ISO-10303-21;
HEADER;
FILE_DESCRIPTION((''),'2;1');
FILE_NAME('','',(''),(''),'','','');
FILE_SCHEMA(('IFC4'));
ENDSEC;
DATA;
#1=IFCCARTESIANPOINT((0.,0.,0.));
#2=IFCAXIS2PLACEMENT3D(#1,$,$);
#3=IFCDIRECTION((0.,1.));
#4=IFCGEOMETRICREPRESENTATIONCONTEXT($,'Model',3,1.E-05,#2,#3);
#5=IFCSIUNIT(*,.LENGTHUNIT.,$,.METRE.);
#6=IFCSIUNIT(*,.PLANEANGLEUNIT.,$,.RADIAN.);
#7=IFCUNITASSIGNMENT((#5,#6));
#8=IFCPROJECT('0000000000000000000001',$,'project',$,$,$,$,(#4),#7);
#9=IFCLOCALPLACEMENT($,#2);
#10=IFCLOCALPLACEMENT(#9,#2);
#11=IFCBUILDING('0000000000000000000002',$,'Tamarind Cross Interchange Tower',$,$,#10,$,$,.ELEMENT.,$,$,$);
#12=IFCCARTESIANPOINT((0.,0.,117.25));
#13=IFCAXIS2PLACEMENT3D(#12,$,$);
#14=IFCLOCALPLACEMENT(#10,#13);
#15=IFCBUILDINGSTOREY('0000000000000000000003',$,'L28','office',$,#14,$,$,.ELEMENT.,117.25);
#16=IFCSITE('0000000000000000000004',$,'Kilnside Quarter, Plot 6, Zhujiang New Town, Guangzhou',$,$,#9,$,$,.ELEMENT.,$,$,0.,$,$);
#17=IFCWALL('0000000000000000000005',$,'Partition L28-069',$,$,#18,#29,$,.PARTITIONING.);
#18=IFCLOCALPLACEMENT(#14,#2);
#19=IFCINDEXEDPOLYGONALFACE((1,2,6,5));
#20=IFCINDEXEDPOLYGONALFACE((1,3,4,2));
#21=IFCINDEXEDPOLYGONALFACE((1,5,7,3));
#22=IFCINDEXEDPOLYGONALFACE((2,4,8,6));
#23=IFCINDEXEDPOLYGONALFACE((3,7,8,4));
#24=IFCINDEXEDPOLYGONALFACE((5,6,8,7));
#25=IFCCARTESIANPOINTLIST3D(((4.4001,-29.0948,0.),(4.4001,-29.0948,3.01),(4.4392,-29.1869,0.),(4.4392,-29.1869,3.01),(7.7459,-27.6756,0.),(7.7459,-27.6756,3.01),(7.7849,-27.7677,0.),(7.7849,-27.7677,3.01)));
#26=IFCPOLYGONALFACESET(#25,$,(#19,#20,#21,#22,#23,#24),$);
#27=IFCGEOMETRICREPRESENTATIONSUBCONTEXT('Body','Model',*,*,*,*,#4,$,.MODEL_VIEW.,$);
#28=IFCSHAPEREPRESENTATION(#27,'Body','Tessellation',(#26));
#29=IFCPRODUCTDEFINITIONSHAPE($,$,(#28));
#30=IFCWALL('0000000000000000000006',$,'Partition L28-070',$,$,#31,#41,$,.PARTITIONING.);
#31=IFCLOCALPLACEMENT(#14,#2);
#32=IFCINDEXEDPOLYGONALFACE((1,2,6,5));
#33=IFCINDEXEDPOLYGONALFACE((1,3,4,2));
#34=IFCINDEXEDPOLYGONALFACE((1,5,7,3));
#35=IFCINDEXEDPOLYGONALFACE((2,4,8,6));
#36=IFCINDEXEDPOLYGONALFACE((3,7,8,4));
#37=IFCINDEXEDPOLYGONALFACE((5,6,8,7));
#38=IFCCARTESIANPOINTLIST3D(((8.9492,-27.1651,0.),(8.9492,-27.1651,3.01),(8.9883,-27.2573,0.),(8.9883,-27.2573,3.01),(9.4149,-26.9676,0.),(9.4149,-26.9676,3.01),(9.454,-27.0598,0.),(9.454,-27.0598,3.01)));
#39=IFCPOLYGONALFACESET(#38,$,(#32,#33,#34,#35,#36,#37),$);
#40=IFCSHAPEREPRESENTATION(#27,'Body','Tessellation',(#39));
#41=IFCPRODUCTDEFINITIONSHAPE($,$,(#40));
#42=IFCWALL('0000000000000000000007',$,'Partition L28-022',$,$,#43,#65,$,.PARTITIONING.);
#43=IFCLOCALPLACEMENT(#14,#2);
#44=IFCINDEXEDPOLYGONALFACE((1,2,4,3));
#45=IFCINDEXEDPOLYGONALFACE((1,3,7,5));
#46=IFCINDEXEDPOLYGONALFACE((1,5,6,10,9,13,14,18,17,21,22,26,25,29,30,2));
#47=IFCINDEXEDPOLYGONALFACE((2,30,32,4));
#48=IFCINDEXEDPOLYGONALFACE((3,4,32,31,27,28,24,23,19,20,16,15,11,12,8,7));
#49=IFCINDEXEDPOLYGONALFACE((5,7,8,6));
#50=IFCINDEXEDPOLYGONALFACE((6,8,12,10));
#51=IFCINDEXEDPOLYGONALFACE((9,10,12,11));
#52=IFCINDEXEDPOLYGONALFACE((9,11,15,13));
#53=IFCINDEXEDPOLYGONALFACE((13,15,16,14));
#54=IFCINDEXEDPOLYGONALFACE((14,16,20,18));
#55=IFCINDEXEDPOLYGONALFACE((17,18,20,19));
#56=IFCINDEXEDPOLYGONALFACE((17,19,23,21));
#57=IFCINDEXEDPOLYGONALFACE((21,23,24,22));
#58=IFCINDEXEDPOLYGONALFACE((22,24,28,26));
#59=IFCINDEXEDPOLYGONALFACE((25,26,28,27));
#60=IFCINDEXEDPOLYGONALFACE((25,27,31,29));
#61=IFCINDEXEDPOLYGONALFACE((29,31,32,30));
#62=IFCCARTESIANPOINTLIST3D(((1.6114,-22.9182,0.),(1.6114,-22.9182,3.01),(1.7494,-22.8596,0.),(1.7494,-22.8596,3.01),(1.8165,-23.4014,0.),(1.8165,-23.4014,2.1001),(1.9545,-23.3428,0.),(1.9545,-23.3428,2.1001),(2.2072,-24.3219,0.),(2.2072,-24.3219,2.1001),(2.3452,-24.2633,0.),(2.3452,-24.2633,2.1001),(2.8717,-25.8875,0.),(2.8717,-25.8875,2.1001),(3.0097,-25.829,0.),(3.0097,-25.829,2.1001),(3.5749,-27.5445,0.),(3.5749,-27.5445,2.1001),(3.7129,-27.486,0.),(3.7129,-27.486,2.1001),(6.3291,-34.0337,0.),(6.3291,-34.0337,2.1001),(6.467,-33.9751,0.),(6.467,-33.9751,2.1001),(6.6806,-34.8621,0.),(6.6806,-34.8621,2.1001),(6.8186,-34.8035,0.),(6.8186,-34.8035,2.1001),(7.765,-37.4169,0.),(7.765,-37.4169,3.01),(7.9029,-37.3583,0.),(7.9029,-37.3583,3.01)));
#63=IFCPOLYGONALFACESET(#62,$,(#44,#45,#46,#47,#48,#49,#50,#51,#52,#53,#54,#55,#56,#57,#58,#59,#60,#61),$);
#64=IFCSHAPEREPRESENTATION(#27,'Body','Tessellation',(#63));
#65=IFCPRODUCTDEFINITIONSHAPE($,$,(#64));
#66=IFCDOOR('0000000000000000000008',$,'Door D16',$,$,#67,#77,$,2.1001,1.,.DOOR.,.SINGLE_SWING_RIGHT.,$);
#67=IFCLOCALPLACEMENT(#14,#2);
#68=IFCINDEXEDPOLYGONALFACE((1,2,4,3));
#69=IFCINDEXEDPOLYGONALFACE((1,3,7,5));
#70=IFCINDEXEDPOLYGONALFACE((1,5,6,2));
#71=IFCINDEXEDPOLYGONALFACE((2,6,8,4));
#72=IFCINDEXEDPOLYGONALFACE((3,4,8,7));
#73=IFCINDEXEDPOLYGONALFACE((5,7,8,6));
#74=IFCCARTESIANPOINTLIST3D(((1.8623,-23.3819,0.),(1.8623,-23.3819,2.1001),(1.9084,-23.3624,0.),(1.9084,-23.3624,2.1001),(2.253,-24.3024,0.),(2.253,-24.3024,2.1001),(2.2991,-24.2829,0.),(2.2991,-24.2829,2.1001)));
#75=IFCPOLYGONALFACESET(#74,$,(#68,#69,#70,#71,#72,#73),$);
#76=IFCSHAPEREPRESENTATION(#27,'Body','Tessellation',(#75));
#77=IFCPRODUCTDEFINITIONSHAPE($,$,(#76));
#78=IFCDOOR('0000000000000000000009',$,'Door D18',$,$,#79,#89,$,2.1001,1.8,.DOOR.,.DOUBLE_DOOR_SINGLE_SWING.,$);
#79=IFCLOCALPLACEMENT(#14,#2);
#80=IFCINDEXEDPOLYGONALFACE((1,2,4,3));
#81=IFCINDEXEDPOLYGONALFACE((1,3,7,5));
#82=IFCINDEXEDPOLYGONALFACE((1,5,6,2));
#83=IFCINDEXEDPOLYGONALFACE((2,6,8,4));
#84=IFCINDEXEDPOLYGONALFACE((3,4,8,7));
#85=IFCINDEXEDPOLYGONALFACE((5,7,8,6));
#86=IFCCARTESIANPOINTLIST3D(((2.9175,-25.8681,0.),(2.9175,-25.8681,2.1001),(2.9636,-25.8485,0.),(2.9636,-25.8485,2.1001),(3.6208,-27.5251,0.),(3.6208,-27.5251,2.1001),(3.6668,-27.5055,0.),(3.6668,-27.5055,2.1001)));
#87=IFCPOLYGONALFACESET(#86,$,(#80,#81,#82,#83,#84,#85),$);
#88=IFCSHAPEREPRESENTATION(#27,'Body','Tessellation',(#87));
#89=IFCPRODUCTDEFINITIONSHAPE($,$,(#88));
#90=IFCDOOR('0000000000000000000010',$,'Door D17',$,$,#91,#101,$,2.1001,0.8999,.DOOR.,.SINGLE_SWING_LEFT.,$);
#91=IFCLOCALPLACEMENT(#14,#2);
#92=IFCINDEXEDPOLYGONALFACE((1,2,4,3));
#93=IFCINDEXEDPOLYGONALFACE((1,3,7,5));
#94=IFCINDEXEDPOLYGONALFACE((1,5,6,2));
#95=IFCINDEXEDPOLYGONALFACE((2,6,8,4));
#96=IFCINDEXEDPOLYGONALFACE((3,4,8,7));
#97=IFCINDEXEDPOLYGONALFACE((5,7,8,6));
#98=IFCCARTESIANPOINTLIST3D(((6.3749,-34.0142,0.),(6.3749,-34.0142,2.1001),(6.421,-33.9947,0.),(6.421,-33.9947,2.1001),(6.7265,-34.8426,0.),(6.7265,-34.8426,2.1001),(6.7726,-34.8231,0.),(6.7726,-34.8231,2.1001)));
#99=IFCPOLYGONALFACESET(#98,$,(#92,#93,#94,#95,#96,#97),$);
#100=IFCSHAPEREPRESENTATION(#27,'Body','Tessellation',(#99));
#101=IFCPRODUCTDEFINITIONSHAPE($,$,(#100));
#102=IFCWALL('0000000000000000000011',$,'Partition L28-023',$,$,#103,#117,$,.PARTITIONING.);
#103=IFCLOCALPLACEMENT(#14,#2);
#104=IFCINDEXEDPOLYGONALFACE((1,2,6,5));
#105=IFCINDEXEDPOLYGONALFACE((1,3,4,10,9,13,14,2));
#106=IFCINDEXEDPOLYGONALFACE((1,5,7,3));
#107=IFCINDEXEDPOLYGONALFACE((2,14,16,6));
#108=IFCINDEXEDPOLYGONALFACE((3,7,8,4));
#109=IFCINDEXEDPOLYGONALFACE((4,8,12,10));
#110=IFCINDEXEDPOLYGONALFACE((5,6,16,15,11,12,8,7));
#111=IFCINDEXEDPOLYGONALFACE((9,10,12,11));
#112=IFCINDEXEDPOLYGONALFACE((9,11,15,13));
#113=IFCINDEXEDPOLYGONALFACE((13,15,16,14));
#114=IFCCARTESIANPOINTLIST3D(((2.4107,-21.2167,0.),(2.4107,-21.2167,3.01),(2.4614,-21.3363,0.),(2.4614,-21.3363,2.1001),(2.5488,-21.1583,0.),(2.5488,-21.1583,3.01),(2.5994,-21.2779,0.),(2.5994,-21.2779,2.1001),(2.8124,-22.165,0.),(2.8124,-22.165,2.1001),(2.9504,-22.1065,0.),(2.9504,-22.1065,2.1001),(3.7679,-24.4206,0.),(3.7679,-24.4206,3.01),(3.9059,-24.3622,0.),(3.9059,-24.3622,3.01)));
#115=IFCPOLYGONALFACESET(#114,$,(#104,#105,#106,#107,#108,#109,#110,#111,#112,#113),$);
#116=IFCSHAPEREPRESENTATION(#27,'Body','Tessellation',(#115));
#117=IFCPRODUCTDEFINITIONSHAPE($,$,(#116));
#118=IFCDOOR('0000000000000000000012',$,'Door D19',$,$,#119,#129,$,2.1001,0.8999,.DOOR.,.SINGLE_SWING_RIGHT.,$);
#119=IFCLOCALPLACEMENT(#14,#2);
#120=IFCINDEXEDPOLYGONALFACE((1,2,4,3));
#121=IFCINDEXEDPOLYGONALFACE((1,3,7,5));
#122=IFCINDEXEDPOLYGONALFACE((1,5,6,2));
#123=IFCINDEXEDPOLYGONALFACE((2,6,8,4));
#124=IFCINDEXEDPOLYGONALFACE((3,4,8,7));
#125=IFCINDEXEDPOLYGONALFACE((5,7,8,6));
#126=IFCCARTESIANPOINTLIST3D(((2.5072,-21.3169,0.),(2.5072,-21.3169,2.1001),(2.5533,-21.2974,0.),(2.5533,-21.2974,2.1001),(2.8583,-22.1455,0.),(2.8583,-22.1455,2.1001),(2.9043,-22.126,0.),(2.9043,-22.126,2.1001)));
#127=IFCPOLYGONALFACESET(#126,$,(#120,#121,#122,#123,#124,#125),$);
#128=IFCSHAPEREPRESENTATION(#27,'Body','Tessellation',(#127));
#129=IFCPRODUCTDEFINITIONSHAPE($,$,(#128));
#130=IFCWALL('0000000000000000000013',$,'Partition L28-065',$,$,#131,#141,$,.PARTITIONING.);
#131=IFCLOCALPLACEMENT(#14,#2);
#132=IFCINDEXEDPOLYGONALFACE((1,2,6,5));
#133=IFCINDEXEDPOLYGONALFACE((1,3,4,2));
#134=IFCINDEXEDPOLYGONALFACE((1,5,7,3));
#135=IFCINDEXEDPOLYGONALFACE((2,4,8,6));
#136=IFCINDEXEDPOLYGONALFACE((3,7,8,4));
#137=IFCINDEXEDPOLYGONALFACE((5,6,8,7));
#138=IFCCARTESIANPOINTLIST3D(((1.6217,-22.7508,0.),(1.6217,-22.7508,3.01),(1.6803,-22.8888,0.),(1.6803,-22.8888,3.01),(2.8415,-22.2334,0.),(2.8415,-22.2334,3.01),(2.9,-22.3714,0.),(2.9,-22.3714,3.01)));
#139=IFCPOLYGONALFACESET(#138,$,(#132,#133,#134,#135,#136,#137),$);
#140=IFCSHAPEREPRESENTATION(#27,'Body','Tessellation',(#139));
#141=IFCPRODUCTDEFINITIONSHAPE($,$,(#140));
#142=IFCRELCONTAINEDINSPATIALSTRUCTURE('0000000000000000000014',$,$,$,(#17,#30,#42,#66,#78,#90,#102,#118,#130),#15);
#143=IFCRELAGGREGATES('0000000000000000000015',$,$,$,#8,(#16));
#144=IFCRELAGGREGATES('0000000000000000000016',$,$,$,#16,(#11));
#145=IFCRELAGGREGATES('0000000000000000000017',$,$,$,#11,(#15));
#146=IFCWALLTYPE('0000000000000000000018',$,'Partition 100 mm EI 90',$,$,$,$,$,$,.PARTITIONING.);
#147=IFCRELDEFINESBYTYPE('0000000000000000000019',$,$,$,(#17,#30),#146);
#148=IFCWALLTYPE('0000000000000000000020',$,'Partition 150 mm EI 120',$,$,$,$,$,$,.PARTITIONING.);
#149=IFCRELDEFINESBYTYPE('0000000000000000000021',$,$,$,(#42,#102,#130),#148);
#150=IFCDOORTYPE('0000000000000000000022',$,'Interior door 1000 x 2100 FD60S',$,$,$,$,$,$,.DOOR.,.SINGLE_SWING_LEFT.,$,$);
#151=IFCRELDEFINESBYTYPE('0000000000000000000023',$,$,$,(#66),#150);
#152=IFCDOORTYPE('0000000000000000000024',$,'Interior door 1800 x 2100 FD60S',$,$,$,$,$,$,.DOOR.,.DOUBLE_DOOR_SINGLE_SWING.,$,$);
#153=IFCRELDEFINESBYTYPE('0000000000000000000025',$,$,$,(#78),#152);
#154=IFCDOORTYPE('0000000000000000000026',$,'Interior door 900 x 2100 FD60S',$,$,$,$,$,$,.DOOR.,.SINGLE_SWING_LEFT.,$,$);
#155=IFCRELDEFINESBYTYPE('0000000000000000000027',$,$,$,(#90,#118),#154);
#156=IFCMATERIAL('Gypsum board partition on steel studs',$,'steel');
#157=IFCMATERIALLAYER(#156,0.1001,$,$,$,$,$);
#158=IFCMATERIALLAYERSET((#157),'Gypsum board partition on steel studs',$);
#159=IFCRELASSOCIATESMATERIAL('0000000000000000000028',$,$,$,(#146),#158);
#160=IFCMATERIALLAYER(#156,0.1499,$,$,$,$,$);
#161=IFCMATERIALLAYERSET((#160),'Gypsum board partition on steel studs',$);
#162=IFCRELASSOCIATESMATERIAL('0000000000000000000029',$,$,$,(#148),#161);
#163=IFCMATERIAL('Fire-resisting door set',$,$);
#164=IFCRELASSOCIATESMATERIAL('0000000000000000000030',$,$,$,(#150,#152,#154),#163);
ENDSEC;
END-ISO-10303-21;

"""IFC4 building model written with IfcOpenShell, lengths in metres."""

from ifc_helpers import new_model, si_unit, direction, frame, frame_2d, origin, place, context, subcontext, project, spatial, rectangle, extrude, material, layer, layer_set, type_object, element, fill, save


model = new_model("IFC4")

# Units and contexts
model_context = context("Model", 3, precision=1e-05, world=origin(), true_north=direction((0.0, 1.0)))
body_context = subcontext(model_context, "Body", "Model", "MODEL_VIEW")
ifc_project = project(units=[si_unit("LENGTHUNIT", "METRE"), si_unit("PLANEANGLEUNIT", "RADIAN")], contexts=[model_context])

# Site, building, storey
site_placement = place(None, origin())
site = spatial("IfcSite", under=ifc_project, at=site_placement, Name="Kilnside Quarter, Plot 6, Zhujiang New Town, Guangzhou", CompositionType="ELEMENT", RefElevation=0.0)
building_placement = place(site_placement, origin())
building = spatial("IfcBuilding", under=site, at=building_placement, Name="Tamarind Cross Interchange Tower", CompositionType="ELEMENT")
storey_placement = place(building_placement, frame((0.0, 0.0, 117.25)))
storey = spatial("IfcBuildingStorey", under=building, at=storey_placement, Name="L28", Description="office", CompositionType="ELEMENT", Elevation=117.25)

# Walls
ifc_material_1 = material(Name="Gypsum board partition on steel studs", Category="steel")
ifc_layer_1 = layer(ifc_material_1, 0.1001)
ifc_layer_set_1 = layer_set([ifc_layer_1], Name="Gypsum board partition on steel studs")
wall_type_1 = type_object("IfcWallType", Name="Partition 100 mm EI 90", PredefinedType="PARTITIONING", material=ifc_layer_set_1)
wall_1_placement = place(storey_placement, frame((4.4197, -29.1409, 0.0), z_axis=(0.0, 0.0, 1.0), x_axis=(0.920602, 0.390503, 0.0)))
element("IfcWall", 1, at=wall_1_placement, inside=storey, type_object=wall_type_1, Name="Partition L28-069", PredefinedType="PARTITIONING", context=body_context, shape_type="SweptSolid", body=[
    extrude(rectangle(XDim=3.6343, YDim=0.1001, at=frame_2d((1.8171, 0.0))), origin(), (0.0, 0.0, 1.0), 3.01),
])
wall_2_placement = place(storey_placement, frame((8.9688, -27.2112, 0.0), z_axis=(0.0, 0.0, 1.0), x_axis=(0.920661, 0.390364, 0.0)))
element("IfcWall", 2, at=wall_2_placement, inside=storey, type_object=wall_type_1, Name="Partition L28-070", PredefinedType="PARTITIONING", context=body_context, shape_type="SweptSolid", body=[
    extrude(rectangle(XDim=0.5059, YDim=0.1001, at=frame_2d((0.2529, 0.0))), origin(), (0.0, 0.0, 1.0), 3.01),
])

# Wall, openings, doors
ifc_layer_2 = layer(ifc_material_1, 0.1499)
ifc_layer_set_2 = layer_set([ifc_layer_2], Name="Gypsum board partition on steel studs")
wall_type_2 = type_object("IfcWallType", Name="Partition 150 mm EI 120", PredefinedType="PARTITIONING", material=ifc_layer_set_2)
wall_3_placement = place(storey_placement, frame((1.6804, -22.8889, 0.0), z_axis=(0.0, 0.0, 1.0), x_axis=(0.390688, -0.920523, 0.0)))
wall_3 = element("IfcWall", 3, at=wall_3_placement, inside=storey, type_object=wall_type_2, Name="Partition L28-022", PredefinedType="PARTITIONING", context=body_context, shape_type="SweptSolid", body=[
    extrude(rectangle(XDim=15.7505, YDim=0.1499, at=frame_2d((7.8752, 0.0))), origin(), (0.0, 0.0, 1.0), 3.01),
])
opening_1_placement = place(wall_3_placement, frame((0.5249, 0.0, 0.0)))
opening_1 = element("IfcOpeningElement", 4, at=opening_1_placement, cuts=wall_3, PredefinedType="OPENING", context=body_context, shape_type="SweptSolid", body=[
    extrude(rectangle(XDim=1.0, YDim=2.1001, at=frame_2d((0.5, 1.05))), frame((0.0, 0.085, 0.0), z_axis=(0.0, -1.0, 0.0), x_axis=(1.0, 0.0, 0.0)), (0.0, 0.0, 1.0), 0.1699),
])
opening_2_placement = place(wall_3_placement, frame((12.0752, 0.0, 0.0)))
opening_2 = element("IfcOpeningElement", 5, at=opening_2_placement, cuts=wall_3, PredefinedType="OPENING", context=body_context, shape_type="SweptSolid", body=[
    extrude(rectangle(XDim=0.8999, YDim=2.1001, at=frame_2d((0.45, 1.05))), frame((0.0, 0.085, 0.0), z_axis=(0.0, -1.0, 0.0), x_axis=(1.0, 0.0, 0.0)), (0.0, 0.0, 1.0), 0.1699),
])
opening_3_placement = place(wall_3_placement, frame((3.2258, 0.0, 0.0)))
opening_3 = element("IfcOpeningElement", 6, at=opening_3_placement, cuts=wall_3, PredefinedType="OPENING", context=body_context, shape_type="SweptSolid", body=[
    extrude(rectangle(XDim=1.8, YDim=2.1001, at=frame_2d((0.8999, 1.05))), frame((0.0, 0.085, 0.0), z_axis=(0.0, -1.0, 0.0), x_axis=(1.0, 0.0, 0.0)), (0.0, 0.0, 1.0), 0.1699),
])
ifc_material_2 = material(Name="Fire-resisting door set")
door_type_1 = type_object("IfcDoorType", Name="Interior door 1000 x 2100 FD60S", OperationType="SINGLE_SWING_LEFT", PredefinedType="DOOR", material=ifc_material_2)
door_1_placement = place(opening_1_placement, origin())
door_1 = element("IfcDoor", 7, at=door_1_placement, inside=storey, type_object=door_type_1, Name="Door D16", OperationType="SINGLE_SWING_RIGHT", OverallHeight=2.1001, OverallWidth=1.0, PredefinedType="DOOR", context=body_context, shape_type="SweptSolid", body=[
    extrude(rectangle(XDim=1.0, YDim=2.1001, at=frame_2d((0.5, 1.05))), frame((0.0, 0.0249, 0.0), z_axis=(0.0, -1.0, 0.0), x_axis=(1.0, 0.0, 0.0)), (0.0, 0.0, 1.0), 0.05),
])
fill(opening_1, door_1)
door_type_2 = type_object("IfcDoorType", Name="Interior door 1800 x 2100 FD60S", OperationType="DOUBLE_DOOR_SINGLE_SWING", PredefinedType="DOOR", material=ifc_material_2)
door_2_placement = place(opening_3_placement, origin())
door_2 = element("IfcDoor", 8, at=door_2_placement, inside=storey, type_object=door_type_2, Name="Door D18", OperationType="DOUBLE_DOOR_SINGLE_SWING", OverallHeight=2.1001, OverallWidth=1.8, PredefinedType="DOOR", context=body_context, shape_type="SweptSolid", body=[
    extrude(rectangle(XDim=1.8, YDim=2.1001, at=frame_2d((0.8999, 1.05))), frame((0.0, 0.0249, 0.0), z_axis=(0.0, -1.0, 0.0), x_axis=(1.0, 0.0, 0.0)), (0.0, 0.0, 1.0), 0.05),
])
fill(opening_3, door_2)
door_type_3 = type_object("IfcDoorType", Name="Interior door 900 x 2100 FD60S", OperationType="SINGLE_SWING_LEFT", PredefinedType="DOOR", material=ifc_material_2)
door_3_placement = place(opening_2_placement, origin())
door_3 = element("IfcDoor", 9, at=door_3_placement, inside=storey, type_object=door_type_3, Name="Door D17", OperationType="SINGLE_SWING_LEFT", OverallHeight=2.1001, OverallWidth=0.8999, PredefinedType="DOOR", context=body_context, shape_type="SweptSolid", body=[
    extrude(rectangle(XDim=0.8999, YDim=2.1001, at=frame_2d((0.45, 1.05))), frame((0.0, 0.0249, 0.0), z_axis=(0.0, -1.0, 0.0), x_axis=(1.0, 0.0, 0.0)), (0.0, 0.0, 1.0), 0.05),
])
fill(opening_2, door_3)

# Wall, opening, door
wall_4_placement = place(storey_placement, frame((2.4797, -21.1875, 0.0), z_axis=(0.0, 0.0, 1.0), x_axis=(0.390054, -0.920792, 0.0)))
wall_4 = element("IfcWall", 10, at=wall_4_placement, inside=storey, type_object=wall_type_2, Name="Partition L28-023", PredefinedType="PARTITIONING", context=body_context, shape_type="SweptSolid", body=[
    extrude(rectangle(XDim=3.4795, YDim=0.1499, at=frame_2d((1.7397, 0.0))), origin(), (0.0, 0.0, 1.0), 3.01),
])
opening_4_placement = place(wall_4_placement, frame((0.1299, 0.0, 0.0)))
opening_4 = element("IfcOpeningElement", 11, at=opening_4_placement, cuts=wall_4, PredefinedType="OPENING", context=body_context, shape_type="SweptSolid", body=[
    extrude(rectangle(XDim=0.8999, YDim=2.1001, at=frame_2d((0.45, 1.05))), frame((0.0, 0.085, 0.0), z_axis=(0.0, -1.0, 0.0), x_axis=(1.0, 0.0, 0.0)), (0.0, 0.0, 1.0), 0.1699),
])
door_4_placement = place(opening_4_placement, origin())
door_4 = element("IfcDoor", 12, at=door_4_placement, inside=storey, type_object=door_type_3, Name="Door D19", OperationType="SINGLE_SWING_RIGHT", OverallHeight=2.1001, OverallWidth=0.8999, PredefinedType="DOOR", context=body_context, shape_type="SweptSolid", body=[
    extrude(rectangle(XDim=0.8999, YDim=2.1001, at=frame_2d((0.45, 1.05))), frame((0.0, 0.0249, 0.0), z_axis=(0.0, -1.0, 0.0), x_axis=(1.0, 0.0, 0.0)), (0.0, 0.0, 1.0), 0.05),
])
fill(opening_4, door_4)

# Wall
wall_5_placement = place(storey_placement, frame((1.6509, -22.8198, 0.0), z_axis=(0.0, 0.0, 1.0), x_axis=(0.920616, 0.390469, 0.0)))
element("IfcWall", 13, at=wall_5_placement, inside=storey, type_object=wall_type_2, Name="Partition L28-065", PredefinedType="PARTITIONING", context=body_context, shape_type="SweptSolid", body=[
    extrude(rectangle(XDim=1.325, YDim=0.1499, at=frame_2d((0.6626, 0.0))), origin(), (0.0, 0.0, 1.0), 3.01),
])

save(model, "model.ifc")
